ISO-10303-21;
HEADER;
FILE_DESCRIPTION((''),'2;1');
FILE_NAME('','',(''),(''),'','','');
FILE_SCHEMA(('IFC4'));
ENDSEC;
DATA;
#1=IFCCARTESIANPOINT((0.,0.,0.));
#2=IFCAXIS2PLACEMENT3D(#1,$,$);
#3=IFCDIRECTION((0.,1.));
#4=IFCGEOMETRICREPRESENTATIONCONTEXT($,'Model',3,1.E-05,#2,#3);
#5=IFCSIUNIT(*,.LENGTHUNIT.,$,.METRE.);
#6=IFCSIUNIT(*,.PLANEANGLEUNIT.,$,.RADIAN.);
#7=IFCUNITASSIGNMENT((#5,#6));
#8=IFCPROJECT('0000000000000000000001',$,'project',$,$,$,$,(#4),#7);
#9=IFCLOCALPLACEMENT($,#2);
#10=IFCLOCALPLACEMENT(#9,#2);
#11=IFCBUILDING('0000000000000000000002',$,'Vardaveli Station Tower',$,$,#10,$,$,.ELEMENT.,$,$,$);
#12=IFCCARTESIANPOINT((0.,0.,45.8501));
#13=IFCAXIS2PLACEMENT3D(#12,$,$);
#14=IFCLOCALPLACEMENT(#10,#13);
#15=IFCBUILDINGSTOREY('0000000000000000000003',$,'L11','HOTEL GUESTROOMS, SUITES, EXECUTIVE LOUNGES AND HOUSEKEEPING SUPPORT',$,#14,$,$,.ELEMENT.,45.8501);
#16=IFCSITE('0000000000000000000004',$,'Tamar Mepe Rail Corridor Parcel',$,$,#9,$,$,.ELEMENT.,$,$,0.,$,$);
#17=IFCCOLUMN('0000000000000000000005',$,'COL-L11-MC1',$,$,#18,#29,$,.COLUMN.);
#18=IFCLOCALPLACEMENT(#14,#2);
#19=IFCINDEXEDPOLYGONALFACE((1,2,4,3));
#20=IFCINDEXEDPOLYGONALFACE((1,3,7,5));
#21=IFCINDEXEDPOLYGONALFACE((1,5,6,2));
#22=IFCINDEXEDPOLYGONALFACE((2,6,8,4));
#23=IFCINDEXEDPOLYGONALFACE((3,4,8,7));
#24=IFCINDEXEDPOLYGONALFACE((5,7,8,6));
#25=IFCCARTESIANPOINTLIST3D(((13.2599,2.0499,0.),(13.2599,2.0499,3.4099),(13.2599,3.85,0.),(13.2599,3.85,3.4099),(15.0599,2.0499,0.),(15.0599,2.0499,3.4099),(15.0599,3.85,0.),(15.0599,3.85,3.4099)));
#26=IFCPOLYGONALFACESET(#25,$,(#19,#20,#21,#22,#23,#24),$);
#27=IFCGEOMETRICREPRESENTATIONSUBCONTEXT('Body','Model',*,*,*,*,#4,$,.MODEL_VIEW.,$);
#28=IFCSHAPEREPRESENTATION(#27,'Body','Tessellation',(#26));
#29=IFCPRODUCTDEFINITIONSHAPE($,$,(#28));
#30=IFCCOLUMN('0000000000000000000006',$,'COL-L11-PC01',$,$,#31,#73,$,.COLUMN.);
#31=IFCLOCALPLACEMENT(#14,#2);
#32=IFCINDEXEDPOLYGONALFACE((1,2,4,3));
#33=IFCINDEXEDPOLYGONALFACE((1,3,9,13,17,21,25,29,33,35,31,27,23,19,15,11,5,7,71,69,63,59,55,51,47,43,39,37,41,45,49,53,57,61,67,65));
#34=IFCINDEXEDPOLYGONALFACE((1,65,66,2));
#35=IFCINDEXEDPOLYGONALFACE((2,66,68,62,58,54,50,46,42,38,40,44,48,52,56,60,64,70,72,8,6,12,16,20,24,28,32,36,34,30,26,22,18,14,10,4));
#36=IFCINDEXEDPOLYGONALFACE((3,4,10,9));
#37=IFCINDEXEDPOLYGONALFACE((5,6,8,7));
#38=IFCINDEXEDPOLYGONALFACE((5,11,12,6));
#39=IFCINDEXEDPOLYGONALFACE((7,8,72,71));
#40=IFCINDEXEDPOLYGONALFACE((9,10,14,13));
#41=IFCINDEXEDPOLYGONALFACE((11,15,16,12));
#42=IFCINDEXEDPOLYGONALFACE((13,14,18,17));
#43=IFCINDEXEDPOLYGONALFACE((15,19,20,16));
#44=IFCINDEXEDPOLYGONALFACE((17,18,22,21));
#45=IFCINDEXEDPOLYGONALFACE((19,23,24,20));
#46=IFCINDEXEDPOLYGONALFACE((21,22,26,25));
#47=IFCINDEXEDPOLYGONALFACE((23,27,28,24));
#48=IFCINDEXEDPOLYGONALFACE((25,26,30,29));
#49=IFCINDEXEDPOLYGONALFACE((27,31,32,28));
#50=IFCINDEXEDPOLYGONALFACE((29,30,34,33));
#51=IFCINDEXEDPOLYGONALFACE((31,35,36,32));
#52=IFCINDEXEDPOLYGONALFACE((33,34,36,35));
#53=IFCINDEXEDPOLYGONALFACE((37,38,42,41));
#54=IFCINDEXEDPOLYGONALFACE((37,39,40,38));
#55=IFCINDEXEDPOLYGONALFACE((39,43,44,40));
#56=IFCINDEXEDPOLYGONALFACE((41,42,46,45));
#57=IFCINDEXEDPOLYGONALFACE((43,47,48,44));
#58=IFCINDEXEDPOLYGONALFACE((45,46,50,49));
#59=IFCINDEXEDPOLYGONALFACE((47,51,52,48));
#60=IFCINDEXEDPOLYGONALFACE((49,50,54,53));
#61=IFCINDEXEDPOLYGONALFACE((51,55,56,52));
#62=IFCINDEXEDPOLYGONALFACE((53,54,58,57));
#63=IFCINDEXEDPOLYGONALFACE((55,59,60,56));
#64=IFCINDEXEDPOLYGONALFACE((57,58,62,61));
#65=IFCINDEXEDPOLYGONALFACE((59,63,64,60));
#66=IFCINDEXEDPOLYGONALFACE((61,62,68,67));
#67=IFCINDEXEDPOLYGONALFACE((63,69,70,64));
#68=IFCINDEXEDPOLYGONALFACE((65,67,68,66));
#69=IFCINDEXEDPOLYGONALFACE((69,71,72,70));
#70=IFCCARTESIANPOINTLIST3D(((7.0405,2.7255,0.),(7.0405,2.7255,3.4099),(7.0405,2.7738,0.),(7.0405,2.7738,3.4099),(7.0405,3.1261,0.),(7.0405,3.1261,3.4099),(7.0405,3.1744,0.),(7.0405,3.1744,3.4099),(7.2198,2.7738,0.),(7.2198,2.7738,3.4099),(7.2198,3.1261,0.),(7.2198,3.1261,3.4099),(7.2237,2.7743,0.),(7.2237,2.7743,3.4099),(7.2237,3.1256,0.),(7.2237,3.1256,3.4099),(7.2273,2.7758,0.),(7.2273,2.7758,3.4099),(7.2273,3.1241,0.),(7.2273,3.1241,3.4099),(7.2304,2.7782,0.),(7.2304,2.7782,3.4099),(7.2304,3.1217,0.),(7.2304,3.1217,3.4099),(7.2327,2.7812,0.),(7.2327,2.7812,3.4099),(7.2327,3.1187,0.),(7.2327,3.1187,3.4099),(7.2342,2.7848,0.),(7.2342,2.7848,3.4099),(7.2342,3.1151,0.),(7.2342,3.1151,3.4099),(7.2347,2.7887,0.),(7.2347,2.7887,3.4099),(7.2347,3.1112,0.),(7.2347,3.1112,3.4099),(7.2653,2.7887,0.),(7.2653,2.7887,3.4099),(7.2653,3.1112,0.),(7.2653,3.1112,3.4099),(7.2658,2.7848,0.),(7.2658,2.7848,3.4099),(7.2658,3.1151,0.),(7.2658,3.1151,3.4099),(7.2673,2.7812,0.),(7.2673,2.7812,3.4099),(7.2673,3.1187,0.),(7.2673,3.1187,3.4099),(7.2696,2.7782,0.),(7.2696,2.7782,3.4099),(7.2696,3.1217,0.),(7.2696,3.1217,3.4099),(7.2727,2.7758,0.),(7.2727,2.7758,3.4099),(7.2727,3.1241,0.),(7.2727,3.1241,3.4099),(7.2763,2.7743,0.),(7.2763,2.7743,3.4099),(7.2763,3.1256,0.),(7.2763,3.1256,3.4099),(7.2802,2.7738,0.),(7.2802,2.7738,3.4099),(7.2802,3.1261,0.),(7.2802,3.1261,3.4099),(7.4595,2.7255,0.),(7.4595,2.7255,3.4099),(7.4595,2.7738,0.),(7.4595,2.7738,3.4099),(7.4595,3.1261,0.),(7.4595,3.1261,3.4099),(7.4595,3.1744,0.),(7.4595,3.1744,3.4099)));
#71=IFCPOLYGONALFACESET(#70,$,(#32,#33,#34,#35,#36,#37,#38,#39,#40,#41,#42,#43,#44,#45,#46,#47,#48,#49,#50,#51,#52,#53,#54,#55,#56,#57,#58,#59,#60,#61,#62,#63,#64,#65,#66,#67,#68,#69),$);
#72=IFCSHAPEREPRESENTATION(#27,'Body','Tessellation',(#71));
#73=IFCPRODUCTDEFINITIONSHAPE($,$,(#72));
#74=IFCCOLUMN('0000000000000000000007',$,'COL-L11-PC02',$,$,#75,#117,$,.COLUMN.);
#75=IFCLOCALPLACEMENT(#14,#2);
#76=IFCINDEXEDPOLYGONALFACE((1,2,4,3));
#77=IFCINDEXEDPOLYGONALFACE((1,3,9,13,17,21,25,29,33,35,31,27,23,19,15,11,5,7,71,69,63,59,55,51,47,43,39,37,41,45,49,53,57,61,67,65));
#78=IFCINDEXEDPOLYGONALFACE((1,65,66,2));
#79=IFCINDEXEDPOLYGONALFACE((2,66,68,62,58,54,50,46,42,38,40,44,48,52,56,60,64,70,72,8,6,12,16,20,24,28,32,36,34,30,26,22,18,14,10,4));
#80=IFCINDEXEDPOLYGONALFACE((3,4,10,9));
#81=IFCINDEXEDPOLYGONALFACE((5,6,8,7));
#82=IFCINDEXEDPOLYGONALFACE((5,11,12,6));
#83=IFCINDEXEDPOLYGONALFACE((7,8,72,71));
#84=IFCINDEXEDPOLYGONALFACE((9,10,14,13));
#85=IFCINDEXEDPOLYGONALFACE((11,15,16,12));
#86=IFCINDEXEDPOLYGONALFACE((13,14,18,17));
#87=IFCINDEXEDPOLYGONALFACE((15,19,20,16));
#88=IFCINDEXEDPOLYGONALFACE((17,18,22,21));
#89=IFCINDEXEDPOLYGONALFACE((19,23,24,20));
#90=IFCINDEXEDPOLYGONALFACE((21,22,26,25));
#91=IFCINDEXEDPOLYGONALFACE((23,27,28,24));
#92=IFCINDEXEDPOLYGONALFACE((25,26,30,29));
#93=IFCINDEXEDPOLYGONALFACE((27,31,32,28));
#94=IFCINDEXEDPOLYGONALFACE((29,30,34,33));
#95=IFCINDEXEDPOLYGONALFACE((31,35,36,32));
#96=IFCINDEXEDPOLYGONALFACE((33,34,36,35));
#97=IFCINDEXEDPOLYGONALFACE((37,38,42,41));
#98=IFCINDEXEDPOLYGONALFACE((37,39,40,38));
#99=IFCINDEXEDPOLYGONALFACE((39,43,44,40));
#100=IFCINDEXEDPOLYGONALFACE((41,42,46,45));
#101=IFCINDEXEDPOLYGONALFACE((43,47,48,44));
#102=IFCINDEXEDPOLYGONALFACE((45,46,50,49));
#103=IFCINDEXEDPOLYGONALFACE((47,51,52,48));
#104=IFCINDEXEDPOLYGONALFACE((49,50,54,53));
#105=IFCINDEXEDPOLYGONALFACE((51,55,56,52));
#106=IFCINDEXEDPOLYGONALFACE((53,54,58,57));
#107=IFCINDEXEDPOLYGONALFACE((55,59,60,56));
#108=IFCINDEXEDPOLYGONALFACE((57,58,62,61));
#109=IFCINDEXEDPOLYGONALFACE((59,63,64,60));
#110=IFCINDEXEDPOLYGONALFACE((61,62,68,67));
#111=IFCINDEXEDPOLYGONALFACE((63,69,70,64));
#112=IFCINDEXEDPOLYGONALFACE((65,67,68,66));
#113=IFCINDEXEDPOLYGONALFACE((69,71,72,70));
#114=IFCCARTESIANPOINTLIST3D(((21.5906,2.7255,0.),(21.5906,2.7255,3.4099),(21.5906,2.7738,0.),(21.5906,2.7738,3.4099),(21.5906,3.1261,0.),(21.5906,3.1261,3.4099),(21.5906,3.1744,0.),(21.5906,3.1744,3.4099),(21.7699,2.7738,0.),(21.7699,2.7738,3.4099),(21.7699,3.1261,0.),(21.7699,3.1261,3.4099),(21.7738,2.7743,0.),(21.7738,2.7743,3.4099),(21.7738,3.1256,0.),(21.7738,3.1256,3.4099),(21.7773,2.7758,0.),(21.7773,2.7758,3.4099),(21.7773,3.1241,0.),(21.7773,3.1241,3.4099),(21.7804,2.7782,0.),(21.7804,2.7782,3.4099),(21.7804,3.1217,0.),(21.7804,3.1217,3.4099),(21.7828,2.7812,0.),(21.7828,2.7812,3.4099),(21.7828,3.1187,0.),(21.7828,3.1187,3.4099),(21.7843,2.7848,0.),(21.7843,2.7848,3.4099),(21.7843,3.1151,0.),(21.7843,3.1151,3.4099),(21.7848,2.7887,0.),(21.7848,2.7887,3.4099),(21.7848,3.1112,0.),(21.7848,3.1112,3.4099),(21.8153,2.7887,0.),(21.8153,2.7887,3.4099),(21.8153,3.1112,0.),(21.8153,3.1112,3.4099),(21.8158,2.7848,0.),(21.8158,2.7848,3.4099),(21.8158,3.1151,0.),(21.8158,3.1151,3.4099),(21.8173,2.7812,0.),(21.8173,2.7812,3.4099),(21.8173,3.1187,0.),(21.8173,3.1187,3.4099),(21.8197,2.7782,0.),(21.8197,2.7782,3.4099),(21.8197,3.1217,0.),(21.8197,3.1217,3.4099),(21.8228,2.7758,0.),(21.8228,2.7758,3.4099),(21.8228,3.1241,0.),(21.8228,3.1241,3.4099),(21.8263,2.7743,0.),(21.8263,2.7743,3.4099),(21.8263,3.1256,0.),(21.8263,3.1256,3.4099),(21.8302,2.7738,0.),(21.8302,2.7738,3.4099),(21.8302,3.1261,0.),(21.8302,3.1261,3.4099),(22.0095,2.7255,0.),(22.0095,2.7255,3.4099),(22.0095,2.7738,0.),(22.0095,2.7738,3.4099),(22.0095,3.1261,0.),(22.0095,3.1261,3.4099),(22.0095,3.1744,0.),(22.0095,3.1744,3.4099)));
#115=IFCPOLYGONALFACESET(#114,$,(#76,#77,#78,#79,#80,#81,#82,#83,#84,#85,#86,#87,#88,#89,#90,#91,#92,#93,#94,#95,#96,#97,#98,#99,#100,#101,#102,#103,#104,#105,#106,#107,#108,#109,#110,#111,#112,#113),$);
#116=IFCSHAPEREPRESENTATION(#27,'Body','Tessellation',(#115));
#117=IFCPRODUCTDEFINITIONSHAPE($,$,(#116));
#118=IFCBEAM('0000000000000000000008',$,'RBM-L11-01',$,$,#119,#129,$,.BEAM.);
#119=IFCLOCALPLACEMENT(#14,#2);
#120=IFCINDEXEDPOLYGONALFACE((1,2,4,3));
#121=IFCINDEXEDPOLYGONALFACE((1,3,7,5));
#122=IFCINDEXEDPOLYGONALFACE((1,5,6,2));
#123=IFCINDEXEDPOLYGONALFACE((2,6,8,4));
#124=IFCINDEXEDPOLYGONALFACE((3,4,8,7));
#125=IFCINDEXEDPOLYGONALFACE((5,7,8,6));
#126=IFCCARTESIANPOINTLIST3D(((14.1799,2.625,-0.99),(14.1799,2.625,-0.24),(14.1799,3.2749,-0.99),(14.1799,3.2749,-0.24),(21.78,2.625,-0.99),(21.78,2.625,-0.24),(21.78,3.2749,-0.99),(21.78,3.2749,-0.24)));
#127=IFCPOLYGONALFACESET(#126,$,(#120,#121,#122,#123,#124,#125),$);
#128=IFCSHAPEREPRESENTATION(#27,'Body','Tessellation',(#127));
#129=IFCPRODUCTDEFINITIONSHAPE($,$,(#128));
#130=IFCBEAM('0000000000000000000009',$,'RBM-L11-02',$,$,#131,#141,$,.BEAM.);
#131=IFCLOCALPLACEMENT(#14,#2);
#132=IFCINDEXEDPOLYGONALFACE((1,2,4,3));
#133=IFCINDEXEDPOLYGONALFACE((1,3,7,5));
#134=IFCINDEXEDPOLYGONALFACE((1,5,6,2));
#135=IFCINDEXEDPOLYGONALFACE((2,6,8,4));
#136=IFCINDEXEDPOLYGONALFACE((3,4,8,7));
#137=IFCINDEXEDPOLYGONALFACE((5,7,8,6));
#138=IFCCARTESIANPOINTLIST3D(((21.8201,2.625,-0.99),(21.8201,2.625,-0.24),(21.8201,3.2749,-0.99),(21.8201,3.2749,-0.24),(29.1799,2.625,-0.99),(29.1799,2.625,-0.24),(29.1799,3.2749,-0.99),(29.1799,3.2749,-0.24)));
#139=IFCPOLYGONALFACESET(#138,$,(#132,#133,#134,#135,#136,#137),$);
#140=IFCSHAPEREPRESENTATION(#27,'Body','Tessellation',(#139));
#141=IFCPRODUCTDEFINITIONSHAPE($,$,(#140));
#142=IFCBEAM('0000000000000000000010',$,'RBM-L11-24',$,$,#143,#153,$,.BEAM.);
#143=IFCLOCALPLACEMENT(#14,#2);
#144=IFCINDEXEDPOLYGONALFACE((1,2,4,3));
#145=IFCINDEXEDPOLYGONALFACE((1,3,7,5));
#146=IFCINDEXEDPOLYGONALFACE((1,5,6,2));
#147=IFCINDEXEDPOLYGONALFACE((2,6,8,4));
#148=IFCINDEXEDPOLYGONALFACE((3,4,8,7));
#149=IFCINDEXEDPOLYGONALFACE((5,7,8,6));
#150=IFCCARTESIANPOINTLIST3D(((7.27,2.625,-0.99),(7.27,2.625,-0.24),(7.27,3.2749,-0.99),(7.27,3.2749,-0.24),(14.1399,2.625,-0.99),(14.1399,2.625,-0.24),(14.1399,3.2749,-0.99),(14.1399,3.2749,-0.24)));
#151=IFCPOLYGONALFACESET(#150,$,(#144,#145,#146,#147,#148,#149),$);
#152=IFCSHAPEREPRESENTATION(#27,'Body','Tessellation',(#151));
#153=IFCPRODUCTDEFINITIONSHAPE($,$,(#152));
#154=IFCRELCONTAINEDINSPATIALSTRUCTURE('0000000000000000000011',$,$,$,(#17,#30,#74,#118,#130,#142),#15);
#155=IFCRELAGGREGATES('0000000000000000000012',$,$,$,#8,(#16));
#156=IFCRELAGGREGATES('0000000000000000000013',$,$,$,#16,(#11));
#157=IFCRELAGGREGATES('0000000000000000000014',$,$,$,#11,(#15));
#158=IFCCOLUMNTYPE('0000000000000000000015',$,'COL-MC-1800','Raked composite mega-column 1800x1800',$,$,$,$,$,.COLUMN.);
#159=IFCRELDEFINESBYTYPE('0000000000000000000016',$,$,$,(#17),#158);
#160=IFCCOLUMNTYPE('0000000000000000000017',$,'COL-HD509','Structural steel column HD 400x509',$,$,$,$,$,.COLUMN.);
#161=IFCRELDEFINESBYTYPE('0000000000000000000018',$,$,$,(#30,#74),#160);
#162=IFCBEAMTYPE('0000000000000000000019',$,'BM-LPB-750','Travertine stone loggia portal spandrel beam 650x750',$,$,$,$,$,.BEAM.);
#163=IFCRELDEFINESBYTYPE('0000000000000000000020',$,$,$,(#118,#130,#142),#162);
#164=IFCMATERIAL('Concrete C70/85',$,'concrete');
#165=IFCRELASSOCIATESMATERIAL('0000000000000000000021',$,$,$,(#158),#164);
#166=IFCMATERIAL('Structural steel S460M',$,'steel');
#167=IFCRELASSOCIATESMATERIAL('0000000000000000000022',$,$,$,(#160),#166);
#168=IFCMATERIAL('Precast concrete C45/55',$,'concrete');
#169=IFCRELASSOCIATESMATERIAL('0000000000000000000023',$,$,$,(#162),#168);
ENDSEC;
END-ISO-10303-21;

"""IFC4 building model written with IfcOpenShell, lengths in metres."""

from ifc_helpers import new_model, si_unit, direction, frame, origin, origin_2d, place, context, subcontext, project, spatial, rectangle, i_section, extrude, source, transform, mapped, material, material_profile, profile_set, type_object, element, save


model = new_model("IFC4")

# Units and contexts
model_context = context("Model", 3, precision=1e-05, world=origin(), true_north=direction((0.0, 1.0)))
body_context = subcontext(model_context, "Body", "Model", "MODEL_VIEW")
ifc_project = project(units=[si_unit("LENGTHUNIT", "METRE"), si_unit("PLANEANGLEUNIT", "RADIAN")], contexts=[model_context])

# Site, building, storey
site_placement = place(None, origin())
site = spatial("IfcSite", under=ifc_project, at=site_placement, Name="Tamar Mepe Rail Corridor Parcel", CompositionType="ELEMENT", RefElevation=0.0)
building_placement = place(site_placement, origin())
building = spatial("IfcBuilding", under=site, at=building_placement, Name="Vardaveli Station Tower", CompositionType="ELEMENT")
storey_placement = place(building_placement, frame((0.0, 0.0, 45.8501)))
storey = spatial("IfcBuildingStorey", under=building, at=storey_placement, Name="L11", Description="HOTEL GUESTROOMS, SUITES, EXECUTIVE LOUNGES AND HOUSEKEEPING SUPPORT", CompositionType="ELEMENT", Elevation=45.8501)

# Columns
ifc_material_1 = material(Name="Concrete C70/85", Category="concrete")
ifc_material_profile_1 = material_profile(ifc_material_1, rectangle(XDim=1.8, YDim=1.8, at=origin_2d()), Name="MC 1800x1800")
ifc_profile_set_1 = profile_set([ifc_material_profile_1], Name="Concrete C70/85")
column_type_1 = type_object("IfcColumnType", Name="COL-MC-1800", Description="Raked composite mega-column 1800x1800", PredefinedType="COLUMN", material=ifc_profile_set_1)
shared_shape_1 = source(origin(), body_context, "Body", "SweptSolid", [
    extrude(rectangle(XDim=1.8, YDim=1.8, at=origin_2d()), origin(), (0.0, 0.0, 1.0), 3.4099),
])
column_placement = place(storey_placement, frame((14.1599, 2.95, 0.0), z_axis=(0.0, 0.0, 1.0), x_axis=(1.0, 0.0, 0.0)))
element("IfcColumn", 1, at=column_placement, inside=storey, type_object=column_type_1, Name="COL-L11-MC1", PredefinedType="COLUMN", context=body_context, shape_type="MappedRepresentation", body=[
    mapped(shared_shape_1, transform((0.0, 0.0, 0.0), scale=1.0)),
])
ifc_material_2 = material(Name="Structural steel S460M", Category="steel")
ifc_material_profile_2 = material_profile(ifc_material_2, i_section(OverallWidth=0.4189, OverallDepth=0.449, WebThickness=0.0305, FlangeThickness=0.0483, FilletRadius=0.0149, at=origin_2d()), Name="HD 400x509")
ifc_profile_set_2 = profile_set([ifc_material_profile_2], Name="Structural steel S460M")
column_type_2 = type_object("IfcColumnType", Name="COL-HD509", Description="Structural steel column HD 400x509", PredefinedType="COLUMN", material=ifc_profile_set_2)
shared_shape_2 = source(origin(), body_context, "Body", "SweptSolid", [
    extrude(i_section(OverallWidth=0.4189, OverallDepth=0.449, WebThickness=0.0305, FlangeThickness=0.0483, FilletRadius=0.0149, at=origin_2d()), origin(), (0.0, 0.0, 1.0), 3.4099),
])
for number, where, z_axis, x_axis, name in (
    (2, (7.25, 2.95, 0.0), (0.0, 0.0, 1.0), (1.0, 0.0, 0.0), "COL-L11-PC01"),
    (3, (21.8, 2.95, 0.0), (0.0, 0.0, 1.0), (1.0, 0.0, 0.0), "COL-L11-PC02"),
):
    element("IfcColumn", number, at=place(storey_placement, frame(where, z_axis=z_axis, x_axis=x_axis)), inside=storey, type_object=column_type_2, Name=name, PredefinedType="COLUMN", context=body_context, shape_type="MappedRepresentation", body=[
        mapped(shared_shape_2, transform((0.0, 0.0, 0.0), scale=1.0)),
    ])

# Beams
ifc_material_3 = material(Name="Precast concrete C45/55", Category="concrete")
ifc_material_profile_3 = material_profile(ifc_material_3, rectangle(XDim=0.6499, YDim=0.75, at=origin_2d()), Name="LPB 650x750")
ifc_profile_set_3 = profile_set([ifc_material_profile_3], Name="Precast concrete C45/55")
beam_type_1 = type_object("IfcBeamType", Name="BM-LPB-750", Description="Travertine stone loggia portal spandrel beam 650x750", PredefinedType="BEAM", material=ifc_profile_set_3)
shared_shape_3 = source(origin(), body_context, "Body", "SweptSolid", [
    extrude(rectangle(XDim=0.6499, YDim=0.75, at=origin_2d()), origin(), (0.0, 0.0, 1.0), 7.6001),
])
beam_1_placement = place(storey_placement, frame((14.1799, 2.95, -0.615), z_axis=(1.0, 0.0, 0.0), x_axis=(0.0, 1.0, 0.0)))
element("IfcBeam", 4, at=beam_1_placement, inside=storey, type_object=beam_type_1, Name="RBM-L11-01", PredefinedType="BEAM", context=body_context, shape_type="MappedRepresentation", body=[
    mapped(shared_shape_3, transform((0.0, 0.0, 0.0), scale=1.0)),
])
shared_shape_4 = source(origin(), body_context, "Body", "SweptSolid", [
    extrude(rectangle(XDim=0.6499, YDim=0.75, at=origin_2d()), origin(), (0.0, 0.0, 1.0), 7.3599),
])
beam_2_placement = place(storey_placement, frame((21.8201, 2.95, -0.615), z_axis=(1.0, 0.0, 0.0), x_axis=(0.0, 1.0, 0.0)))
element("IfcBeam", 5, at=beam_2_placement, inside=storey, type_object=beam_type_1, Name="RBM-L11-02", PredefinedType="BEAM", context=body_context, shape_type="MappedRepresentation", body=[
    mapped(shared_shape_4, transform((0.0, 0.0, 0.0), scale=1.0)),
])
shared_shape_5 = source(origin(), body_context, "Body", "SweptSolid", [
    extrude(rectangle(XDim=0.6499, YDim=0.75, at=origin_2d()), origin(), (0.0, 0.0, 1.0), 6.8699),
])
beam_3_placement = place(storey_placement, frame((7.27, 2.95, -0.615), z_axis=(1.0, 0.0, 0.0), x_axis=(0.0, 1.0, 0.0)))
element("IfcBeam", 6, at=beam_3_placement, inside=storey, type_object=beam_type_1, Name="RBM-L11-24", PredefinedType="BEAM", context=body_context, shape_type="MappedRepresentation", body=[
    mapped(shared_shape_5, transform((0.0, 0.0, 0.0), scale=1.0)),
])

save(model, "model.ifc")
